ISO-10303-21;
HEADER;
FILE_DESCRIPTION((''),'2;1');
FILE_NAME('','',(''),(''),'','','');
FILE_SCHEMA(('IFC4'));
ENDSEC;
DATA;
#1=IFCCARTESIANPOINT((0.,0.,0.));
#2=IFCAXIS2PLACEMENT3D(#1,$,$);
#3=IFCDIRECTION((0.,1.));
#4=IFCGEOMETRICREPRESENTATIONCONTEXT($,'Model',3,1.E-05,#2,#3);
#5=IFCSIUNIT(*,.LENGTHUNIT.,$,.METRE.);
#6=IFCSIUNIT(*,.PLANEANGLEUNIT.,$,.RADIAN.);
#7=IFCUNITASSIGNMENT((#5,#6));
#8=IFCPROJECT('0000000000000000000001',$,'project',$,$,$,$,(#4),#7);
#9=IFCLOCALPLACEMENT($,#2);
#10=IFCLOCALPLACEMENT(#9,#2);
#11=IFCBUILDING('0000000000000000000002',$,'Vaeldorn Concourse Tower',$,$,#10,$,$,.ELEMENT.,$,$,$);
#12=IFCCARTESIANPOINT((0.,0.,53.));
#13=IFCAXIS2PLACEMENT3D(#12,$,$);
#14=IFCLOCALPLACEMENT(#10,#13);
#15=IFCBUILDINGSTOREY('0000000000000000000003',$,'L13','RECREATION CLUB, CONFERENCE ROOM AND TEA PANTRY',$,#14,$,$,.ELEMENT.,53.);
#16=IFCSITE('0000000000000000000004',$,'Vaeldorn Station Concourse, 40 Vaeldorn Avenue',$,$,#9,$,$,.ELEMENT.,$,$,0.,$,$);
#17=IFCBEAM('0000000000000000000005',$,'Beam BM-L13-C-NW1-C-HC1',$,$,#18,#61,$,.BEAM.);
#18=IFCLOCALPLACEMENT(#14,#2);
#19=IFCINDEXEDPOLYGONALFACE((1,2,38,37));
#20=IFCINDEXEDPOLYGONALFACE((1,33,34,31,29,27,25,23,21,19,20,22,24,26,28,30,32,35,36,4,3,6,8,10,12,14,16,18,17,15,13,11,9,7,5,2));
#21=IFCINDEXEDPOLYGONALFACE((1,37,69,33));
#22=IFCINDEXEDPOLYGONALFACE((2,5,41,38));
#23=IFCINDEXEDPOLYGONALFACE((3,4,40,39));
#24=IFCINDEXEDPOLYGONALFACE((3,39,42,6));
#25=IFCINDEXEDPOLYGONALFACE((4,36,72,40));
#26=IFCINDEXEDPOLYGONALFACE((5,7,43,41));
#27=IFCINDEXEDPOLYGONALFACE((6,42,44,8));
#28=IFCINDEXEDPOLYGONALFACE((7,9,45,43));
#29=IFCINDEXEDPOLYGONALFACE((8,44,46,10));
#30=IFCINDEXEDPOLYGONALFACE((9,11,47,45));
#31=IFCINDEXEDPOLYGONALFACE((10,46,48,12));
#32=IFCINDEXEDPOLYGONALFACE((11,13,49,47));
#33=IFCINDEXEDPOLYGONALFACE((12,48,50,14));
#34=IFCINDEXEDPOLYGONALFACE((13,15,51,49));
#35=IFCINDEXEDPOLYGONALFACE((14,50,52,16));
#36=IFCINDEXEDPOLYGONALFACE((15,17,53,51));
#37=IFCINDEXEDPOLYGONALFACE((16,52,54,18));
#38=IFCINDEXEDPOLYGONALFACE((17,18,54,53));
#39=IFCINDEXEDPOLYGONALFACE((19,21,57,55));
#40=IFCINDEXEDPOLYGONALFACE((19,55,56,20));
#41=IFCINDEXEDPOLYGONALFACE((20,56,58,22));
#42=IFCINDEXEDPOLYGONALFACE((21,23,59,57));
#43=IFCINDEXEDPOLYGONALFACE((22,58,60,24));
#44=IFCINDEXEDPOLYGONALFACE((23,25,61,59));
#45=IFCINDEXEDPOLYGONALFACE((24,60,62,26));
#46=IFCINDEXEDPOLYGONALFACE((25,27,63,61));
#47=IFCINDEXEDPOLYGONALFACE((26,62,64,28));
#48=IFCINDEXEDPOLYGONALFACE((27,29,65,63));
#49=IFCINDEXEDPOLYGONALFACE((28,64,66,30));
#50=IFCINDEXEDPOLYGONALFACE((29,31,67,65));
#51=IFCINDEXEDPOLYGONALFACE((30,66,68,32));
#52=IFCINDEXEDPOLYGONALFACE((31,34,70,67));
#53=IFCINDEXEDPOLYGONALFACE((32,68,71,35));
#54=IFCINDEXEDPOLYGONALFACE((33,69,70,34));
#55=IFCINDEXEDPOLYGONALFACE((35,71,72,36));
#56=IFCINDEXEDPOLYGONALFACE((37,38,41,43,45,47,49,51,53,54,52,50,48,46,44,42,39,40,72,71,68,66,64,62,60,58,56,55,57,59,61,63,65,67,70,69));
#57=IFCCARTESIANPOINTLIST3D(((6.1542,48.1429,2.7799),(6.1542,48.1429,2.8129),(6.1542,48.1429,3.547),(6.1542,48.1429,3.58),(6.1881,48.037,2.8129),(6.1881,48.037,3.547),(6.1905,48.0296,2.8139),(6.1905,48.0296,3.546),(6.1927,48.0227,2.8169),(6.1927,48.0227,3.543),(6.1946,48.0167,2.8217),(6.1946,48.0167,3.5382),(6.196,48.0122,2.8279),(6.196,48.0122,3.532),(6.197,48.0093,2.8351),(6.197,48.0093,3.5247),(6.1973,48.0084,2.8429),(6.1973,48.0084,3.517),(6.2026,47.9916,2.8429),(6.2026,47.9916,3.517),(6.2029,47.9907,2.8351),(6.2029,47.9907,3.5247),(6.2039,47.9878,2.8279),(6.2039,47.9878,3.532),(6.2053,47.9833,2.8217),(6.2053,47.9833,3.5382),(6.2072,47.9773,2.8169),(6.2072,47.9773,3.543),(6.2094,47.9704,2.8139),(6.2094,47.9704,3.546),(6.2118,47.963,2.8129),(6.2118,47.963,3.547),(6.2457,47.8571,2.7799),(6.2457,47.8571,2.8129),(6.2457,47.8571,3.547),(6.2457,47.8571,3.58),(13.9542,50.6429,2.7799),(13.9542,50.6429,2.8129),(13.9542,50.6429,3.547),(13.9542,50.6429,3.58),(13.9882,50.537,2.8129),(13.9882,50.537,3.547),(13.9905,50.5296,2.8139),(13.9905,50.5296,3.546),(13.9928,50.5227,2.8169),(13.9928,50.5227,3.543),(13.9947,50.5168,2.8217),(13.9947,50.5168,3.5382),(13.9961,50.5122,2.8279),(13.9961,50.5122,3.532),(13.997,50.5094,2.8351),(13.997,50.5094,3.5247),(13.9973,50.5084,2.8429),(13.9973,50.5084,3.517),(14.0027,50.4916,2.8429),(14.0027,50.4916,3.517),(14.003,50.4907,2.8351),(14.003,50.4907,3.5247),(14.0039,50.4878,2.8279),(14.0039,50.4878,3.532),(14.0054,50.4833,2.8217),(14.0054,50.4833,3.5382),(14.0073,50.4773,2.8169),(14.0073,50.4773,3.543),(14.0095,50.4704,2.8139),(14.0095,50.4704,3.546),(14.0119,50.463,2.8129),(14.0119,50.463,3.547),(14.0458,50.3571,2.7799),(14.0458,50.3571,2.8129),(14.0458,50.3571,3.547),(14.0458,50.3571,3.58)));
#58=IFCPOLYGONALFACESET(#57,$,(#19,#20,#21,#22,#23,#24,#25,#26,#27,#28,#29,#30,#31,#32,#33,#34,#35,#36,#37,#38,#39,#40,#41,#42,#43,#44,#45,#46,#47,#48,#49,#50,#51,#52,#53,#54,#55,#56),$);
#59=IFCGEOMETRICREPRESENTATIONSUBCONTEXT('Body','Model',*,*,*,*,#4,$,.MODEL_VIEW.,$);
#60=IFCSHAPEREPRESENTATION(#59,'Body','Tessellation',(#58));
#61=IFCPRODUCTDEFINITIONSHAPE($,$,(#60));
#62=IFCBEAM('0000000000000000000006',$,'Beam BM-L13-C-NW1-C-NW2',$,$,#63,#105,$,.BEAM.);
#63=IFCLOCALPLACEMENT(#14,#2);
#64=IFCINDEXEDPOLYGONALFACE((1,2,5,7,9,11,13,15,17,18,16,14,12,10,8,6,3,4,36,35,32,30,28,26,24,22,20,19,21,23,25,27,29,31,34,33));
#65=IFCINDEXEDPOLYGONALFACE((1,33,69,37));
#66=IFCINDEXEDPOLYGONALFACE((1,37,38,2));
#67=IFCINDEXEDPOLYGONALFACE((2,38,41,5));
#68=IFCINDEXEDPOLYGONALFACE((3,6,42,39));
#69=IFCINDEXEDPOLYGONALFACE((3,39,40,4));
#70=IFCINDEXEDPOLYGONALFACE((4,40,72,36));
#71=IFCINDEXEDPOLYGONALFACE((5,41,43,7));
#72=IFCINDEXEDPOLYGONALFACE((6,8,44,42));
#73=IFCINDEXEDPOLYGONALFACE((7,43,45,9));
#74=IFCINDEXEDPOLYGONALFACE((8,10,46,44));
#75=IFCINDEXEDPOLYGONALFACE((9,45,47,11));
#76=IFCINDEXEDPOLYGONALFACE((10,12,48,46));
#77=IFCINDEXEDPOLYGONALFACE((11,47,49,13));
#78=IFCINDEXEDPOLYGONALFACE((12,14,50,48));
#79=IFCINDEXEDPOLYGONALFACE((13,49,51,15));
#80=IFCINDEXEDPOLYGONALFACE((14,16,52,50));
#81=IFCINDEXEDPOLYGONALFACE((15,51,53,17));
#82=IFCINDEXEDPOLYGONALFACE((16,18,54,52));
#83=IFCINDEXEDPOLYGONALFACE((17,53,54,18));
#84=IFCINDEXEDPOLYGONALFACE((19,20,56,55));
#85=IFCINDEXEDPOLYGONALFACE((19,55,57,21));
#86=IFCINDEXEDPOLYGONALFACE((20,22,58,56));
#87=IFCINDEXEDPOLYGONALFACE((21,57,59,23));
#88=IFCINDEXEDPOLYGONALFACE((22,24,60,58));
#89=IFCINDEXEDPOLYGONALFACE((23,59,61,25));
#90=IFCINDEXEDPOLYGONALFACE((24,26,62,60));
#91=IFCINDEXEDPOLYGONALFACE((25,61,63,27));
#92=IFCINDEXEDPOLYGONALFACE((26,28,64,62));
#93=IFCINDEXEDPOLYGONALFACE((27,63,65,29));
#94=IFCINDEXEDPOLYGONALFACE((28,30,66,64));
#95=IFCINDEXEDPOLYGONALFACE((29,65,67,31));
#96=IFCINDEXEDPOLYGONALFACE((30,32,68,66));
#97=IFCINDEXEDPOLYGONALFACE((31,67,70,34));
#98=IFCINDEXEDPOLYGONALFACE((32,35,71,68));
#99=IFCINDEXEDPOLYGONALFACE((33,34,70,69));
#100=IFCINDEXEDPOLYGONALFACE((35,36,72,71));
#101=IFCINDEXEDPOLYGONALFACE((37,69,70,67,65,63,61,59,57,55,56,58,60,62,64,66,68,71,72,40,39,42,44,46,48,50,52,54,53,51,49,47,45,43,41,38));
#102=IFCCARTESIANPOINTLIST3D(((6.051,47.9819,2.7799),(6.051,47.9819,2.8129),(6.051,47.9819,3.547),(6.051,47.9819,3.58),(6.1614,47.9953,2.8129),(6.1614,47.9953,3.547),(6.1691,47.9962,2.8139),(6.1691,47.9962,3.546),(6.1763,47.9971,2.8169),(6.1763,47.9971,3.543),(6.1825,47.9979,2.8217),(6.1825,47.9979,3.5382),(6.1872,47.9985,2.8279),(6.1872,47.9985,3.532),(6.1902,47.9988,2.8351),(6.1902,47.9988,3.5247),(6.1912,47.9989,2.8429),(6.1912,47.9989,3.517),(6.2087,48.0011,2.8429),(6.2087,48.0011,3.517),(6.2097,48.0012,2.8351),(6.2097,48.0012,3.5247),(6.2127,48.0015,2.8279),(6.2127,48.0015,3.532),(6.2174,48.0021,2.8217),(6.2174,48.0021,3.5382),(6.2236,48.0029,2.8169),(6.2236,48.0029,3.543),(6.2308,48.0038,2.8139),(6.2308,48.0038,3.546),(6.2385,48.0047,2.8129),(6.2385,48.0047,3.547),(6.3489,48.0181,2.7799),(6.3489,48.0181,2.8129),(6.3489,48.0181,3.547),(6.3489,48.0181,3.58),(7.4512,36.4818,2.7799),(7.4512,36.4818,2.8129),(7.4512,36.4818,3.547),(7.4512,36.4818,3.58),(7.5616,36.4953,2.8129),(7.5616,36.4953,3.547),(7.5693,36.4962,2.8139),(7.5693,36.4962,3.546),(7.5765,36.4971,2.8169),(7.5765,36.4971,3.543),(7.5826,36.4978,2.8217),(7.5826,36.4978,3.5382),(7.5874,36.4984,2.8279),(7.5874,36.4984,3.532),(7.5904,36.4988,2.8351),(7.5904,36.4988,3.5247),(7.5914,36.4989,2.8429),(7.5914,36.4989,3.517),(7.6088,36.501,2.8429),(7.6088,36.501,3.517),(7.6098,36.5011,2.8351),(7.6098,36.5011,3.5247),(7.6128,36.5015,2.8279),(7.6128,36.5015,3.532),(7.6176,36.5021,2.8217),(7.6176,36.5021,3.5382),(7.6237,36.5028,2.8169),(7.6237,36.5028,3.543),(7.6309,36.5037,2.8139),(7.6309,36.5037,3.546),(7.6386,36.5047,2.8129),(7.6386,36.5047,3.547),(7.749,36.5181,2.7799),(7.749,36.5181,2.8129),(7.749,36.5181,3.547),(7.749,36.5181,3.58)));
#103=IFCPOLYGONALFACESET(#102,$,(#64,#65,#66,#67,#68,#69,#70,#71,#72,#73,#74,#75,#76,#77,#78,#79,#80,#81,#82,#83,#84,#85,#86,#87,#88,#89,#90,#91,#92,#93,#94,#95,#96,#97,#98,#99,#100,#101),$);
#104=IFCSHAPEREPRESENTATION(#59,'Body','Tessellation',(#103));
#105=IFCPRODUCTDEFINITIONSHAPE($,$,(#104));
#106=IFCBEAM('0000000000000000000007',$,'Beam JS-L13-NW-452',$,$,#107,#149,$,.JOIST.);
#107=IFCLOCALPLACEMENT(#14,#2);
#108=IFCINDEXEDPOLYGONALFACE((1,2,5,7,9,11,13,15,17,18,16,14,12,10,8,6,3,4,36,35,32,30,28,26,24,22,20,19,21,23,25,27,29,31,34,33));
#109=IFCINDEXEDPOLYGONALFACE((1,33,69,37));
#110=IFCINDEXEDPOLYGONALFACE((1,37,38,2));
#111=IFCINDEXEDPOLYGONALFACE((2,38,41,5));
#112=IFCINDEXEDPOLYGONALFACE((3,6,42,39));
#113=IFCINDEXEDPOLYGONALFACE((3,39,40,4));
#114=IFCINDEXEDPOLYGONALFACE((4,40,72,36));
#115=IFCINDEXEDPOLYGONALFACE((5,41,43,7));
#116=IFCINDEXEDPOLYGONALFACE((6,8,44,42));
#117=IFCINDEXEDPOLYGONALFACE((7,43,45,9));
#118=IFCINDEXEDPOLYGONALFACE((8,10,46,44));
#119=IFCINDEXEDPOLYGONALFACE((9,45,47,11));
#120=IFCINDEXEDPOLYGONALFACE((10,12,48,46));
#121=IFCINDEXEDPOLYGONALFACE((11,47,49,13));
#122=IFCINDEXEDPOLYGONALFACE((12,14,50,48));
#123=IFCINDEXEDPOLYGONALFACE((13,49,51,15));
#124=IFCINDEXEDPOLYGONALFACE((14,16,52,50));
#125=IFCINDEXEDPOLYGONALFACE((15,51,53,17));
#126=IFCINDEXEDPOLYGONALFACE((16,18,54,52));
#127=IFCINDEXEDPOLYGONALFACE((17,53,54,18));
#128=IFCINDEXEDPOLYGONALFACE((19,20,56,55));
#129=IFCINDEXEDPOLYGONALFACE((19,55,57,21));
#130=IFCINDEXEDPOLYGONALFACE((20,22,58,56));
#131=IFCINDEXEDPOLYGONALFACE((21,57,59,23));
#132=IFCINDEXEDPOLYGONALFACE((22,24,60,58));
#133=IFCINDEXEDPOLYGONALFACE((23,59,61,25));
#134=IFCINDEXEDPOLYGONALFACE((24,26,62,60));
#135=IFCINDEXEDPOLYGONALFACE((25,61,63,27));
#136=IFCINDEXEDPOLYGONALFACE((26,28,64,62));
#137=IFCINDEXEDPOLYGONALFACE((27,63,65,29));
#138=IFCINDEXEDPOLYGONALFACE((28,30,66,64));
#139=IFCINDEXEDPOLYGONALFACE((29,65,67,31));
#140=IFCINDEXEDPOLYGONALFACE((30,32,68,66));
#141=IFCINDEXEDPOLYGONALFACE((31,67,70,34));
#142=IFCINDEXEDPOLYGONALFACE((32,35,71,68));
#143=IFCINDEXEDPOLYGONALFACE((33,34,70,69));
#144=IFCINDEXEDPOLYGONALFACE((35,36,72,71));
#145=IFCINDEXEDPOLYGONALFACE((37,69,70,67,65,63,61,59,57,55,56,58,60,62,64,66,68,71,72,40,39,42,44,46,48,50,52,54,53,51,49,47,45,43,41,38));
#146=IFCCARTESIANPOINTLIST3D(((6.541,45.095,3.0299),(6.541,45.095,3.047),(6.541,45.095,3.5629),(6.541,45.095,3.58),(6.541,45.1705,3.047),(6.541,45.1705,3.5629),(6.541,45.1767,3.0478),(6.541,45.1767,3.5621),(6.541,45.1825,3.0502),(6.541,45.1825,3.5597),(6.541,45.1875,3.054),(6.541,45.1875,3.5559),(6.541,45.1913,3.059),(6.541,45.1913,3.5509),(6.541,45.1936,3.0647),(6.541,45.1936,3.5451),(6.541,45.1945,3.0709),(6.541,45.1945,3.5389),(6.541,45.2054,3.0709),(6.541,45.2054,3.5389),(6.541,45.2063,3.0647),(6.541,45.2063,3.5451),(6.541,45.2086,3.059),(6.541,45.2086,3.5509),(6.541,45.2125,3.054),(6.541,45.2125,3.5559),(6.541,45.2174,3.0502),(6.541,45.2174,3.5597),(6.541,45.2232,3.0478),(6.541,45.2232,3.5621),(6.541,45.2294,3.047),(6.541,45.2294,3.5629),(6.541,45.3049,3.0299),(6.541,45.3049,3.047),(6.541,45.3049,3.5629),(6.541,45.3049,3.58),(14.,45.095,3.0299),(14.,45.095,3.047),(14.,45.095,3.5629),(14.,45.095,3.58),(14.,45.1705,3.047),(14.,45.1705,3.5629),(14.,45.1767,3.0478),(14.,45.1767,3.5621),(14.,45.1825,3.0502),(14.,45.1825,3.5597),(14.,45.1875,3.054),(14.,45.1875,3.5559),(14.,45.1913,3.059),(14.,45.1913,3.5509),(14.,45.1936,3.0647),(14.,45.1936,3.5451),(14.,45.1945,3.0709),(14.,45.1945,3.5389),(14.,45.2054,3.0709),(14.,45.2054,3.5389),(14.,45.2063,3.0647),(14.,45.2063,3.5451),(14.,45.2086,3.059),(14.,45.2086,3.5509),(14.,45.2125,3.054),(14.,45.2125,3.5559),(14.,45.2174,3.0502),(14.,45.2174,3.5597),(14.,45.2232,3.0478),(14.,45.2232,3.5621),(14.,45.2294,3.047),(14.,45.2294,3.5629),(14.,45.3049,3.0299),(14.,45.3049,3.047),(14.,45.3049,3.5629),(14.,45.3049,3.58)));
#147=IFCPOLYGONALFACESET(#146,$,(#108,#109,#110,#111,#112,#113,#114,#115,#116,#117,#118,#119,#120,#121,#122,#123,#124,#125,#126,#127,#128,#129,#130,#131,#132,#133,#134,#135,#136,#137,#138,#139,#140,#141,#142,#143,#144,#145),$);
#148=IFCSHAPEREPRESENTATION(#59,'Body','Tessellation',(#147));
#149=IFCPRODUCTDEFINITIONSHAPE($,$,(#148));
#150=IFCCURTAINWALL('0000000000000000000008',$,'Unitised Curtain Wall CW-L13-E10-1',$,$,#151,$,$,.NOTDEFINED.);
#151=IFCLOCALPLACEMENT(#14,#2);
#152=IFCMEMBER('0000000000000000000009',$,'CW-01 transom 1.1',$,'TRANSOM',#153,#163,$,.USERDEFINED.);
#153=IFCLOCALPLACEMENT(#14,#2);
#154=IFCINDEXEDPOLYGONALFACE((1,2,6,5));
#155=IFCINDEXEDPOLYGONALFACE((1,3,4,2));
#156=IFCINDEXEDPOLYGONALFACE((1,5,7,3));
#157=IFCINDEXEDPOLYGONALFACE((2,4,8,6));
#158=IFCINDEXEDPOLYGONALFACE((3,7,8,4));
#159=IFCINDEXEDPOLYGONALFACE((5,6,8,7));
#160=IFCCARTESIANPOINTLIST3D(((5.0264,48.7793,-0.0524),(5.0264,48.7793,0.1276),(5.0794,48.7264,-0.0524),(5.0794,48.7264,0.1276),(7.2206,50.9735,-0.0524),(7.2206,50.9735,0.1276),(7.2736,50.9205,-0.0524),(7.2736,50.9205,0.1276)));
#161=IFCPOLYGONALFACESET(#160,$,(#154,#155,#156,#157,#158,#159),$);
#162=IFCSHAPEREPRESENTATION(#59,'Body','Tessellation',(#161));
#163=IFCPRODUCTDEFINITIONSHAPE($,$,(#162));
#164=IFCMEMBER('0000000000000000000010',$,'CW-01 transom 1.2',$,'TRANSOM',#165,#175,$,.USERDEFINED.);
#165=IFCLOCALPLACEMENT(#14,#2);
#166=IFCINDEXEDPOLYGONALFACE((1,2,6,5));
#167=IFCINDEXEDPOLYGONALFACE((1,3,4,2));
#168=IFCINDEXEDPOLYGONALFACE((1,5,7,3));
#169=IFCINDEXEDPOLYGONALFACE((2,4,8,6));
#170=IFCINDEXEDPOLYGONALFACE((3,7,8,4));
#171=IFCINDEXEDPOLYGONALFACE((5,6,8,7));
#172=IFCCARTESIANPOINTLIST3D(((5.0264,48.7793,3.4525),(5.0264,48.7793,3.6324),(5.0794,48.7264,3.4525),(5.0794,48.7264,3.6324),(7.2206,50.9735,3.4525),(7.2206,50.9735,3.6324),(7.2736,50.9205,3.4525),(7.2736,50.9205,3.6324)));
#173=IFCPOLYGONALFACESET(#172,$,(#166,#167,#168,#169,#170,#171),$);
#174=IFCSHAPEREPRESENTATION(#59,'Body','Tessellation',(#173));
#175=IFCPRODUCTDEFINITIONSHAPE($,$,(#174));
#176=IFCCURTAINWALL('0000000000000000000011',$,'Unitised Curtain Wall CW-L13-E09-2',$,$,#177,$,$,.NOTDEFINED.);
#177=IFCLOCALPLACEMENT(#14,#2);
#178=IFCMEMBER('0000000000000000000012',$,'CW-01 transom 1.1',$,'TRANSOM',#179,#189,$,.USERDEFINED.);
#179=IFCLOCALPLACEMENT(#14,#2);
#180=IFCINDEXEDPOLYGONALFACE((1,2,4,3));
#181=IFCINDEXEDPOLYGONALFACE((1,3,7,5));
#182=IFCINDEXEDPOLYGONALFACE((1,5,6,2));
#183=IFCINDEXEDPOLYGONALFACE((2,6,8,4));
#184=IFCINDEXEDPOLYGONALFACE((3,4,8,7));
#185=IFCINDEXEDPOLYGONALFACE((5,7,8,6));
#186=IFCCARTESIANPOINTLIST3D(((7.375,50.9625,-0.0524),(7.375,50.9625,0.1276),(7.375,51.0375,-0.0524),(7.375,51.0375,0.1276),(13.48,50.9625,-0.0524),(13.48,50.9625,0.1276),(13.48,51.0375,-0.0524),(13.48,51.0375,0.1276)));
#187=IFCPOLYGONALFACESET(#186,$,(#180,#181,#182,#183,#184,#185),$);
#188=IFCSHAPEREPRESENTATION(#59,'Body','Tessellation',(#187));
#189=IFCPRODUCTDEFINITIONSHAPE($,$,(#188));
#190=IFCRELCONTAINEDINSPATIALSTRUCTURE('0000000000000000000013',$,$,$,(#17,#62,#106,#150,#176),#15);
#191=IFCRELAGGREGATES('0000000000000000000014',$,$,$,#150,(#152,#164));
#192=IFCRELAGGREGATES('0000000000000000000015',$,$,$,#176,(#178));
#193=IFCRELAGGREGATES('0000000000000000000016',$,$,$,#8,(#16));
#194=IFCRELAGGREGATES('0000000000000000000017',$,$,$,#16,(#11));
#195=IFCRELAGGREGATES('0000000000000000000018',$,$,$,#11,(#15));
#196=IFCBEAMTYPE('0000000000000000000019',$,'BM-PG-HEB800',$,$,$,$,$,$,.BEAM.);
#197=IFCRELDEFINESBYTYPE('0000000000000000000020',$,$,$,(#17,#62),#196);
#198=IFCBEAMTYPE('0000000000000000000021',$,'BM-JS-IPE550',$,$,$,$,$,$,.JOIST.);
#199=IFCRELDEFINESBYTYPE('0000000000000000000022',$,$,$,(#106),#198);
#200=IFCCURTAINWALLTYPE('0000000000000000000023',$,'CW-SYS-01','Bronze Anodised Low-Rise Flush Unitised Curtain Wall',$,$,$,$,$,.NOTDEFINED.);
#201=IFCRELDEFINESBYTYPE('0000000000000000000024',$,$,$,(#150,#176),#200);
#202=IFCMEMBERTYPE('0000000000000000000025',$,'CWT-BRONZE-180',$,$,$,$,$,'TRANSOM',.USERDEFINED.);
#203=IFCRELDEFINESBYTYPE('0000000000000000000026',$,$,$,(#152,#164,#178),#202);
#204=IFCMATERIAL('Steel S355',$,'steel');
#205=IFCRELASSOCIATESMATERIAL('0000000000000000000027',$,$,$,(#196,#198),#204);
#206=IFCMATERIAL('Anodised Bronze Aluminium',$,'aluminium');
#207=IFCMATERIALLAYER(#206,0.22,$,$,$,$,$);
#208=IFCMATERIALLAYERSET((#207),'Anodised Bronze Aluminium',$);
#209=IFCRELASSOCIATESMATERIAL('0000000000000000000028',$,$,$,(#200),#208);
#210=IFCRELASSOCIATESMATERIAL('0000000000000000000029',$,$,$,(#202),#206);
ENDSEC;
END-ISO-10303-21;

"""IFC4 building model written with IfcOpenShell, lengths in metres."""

from ifc_helpers import new_model, si_unit, direction, frame, origin, origin_2d, place, context, subcontext, project, spatial, rectangle, i_section, extrude, source, transform, mapped, material, layer, layer_set, material_profile, profile_set, type_object, element, aggregate, save


model = new_model("IFC4")

# Units and contexts
model_context = context("Model", 3, precision=1e-05, world=origin(), true_north=direction((0.0, 1.0)))
body_context = subcontext(model_context, "Body", "Model", "MODEL_VIEW")
ifc_project = project(units=[si_unit("LENGTHUNIT", "METRE"), si_unit("PLANEANGLEUNIT", "RADIAN")], contexts=[model_context])

# Site, building, storey
site_placement = place(None, origin())
site = spatial("IfcSite", under=ifc_project, at=site_placement, Name="Vaeldorn Station Concourse, 40 Vaeldorn Avenue", CompositionType="ELEMENT", RefElevation=0.0)
building_placement = place(site_placement, origin())
building = spatial("IfcBuilding", under=site, at=building_placement, Name="Vaeldorn Concourse Tower", CompositionType="ELEMENT")
storey_placement = place(building_placement, frame((0.0, 0.0, 53.0)))
storey = spatial("IfcBuildingStorey", under=building, at=storey_placement, Name="L13", Description="RECREATION CLUB, CONFERENCE ROOM AND TEA PANTRY", CompositionType="ELEMENT", Elevation=53.0)

# Beams
ifc_material_1 = material(Name="Steel S355", Category="steel")
ifc_material_profile_1 = material_profile(ifc_material_1, i_section(OverallWidth=0.3, OverallDepth=0.8, WebThickness=0.0176, FlangeThickness=0.033, FilletRadius=0.03, at=origin_2d()), Name="HEB 800")
ifc_profile_set_1 = profile_set([ifc_material_profile_1], Name="Steel S355")
beam_type_1 = type_object("IfcBeamType", Name="BM-PG-HEB800", PredefinedType="BEAM", material=ifc_profile_set_1)
shared_shape_1 = source(origin(), body_context, "Body", "SweptSolid", [
    extrude(i_section(OverallWidth=0.3, OverallDepth=0.8, WebThickness=0.0176, FlangeThickness=0.033, FilletRadius=0.03, at=origin_2d()), origin(), (0.0, 0.0, 1.0), 8.1909),
])
beam_1_placement = place(storey_placement, frame((6.2, 48.0, 3.1799), z_axis=(0.952283, 0.305217, 0.0), x_axis=(-0.305217, 0.952283, 0.0)))
element("IfcBeam", 1, at=beam_1_placement, inside=storey, type_object=beam_type_1, Name="Beam BM-L13-C-NW1-C-HC1", PredefinedType="BEAM", context=body_context, shape_type="MappedRepresentation", body=[
    mapped(shared_shape_1, transform((0.0, 0.0, 0.0), scale=1.0)),
])
shared_shape_2 = source(origin(), body_context, "Body", "SweptSolid", [
    extrude(i_section(OverallWidth=0.3, OverallDepth=0.8, WebThickness=0.0176, FlangeThickness=0.033, FilletRadius=0.03, at=origin_2d()), origin(), (0.0, 0.0, 1.0), 11.585),
])
beam_2_placement = place(storey_placement, frame((6.2, 48.0, 3.1799), z_axis=(0.120859, -0.99267, 0.0), x_axis=(0.99267, 0.120859, 0.0)))
element("IfcBeam", 2, at=beam_2_placement, inside=storey, type_object=beam_type_1, Name="Beam BM-L13-C-NW1-C-NW2", PredefinedType="BEAM", context=body_context, shape_type="MappedRepresentation", body=[
    mapped(shared_shape_2, transform((0.0, 0.0, 0.0), scale=1.0)),
])
ifc_material_profile_2 = material_profile(ifc_material_1, i_section(OverallWidth=0.21, OverallDepth=0.55, WebThickness=0.011, FlangeThickness=0.0171, FilletRadius=0.0239, at=origin_2d()), Name="IPE 550")
ifc_profile_set_2 = profile_set([ifc_material_profile_2], Name="Steel S355")
beam_type_2 = type_object("IfcBeamType", Name="BM-JS-IPE550", PredefinedType="JOIST", material=ifc_profile_set_2)
shared_shape_3 = source(origin(), body_context, "Body", "SweptSolid", [
    extrude(i_section(OverallWidth=0.21, OverallDepth=0.55, WebThickness=0.011, FlangeThickness=0.0171, FilletRadius=0.0239, at=origin_2d()), origin(), (0.0, 0.0, 1.0), 7.459),
])
beam_3_placement = place(storey_placement, frame((6.541, 45.2, 3.3049), z_axis=(1.0, 0.0, 0.0), x_axis=(0.0, 1.0, 0.0)))
element("IfcBeam", 3, at=beam_3_placement, inside=storey, type_object=beam_type_2, Name="Beam JS-L13-NW-452", PredefinedType="JOIST", context=body_context, shape_type="MappedRepresentation", body=[
    mapped(shared_shape_3, transform((0.0, 0.0, 0.0), scale=1.0)),
])

# Curtain walls, members
ifc_material_2 = material(Name="Anodised Bronze Aluminium", Category="aluminium")
ifc_layer_1 = layer(ifc_material_2, 0.22)
ifc_layer_set_1 = layer_set([ifc_layer_1], Name="Anodised Bronze Aluminium")
curtain_wall_type = type_object("IfcCurtainWallType", Name="CW-SYS-01", Description="Bronze Anodised Low-Rise Flush Unitised Curtain Wall", PredefinedType="NOTDEFINED", material=ifc_layer_set_1)
curtain_wall_1_placement = place(storey_placement, origin())
curtain_wall_1 = element("IfcCurtainWall", 4, at=curtain_wall_1_placement, inside=storey, type_object=curtain_wall_type, Name="Unitised Curtain Wall CW-L13-E10-1", PredefinedType="NOTDEFINED")
ifc_material_profile_3 = material_profile(ifc_material_2, rectangle(XDim=0.075, YDim=0.1799, at=origin_2d()), Name="CWT 75x180")
ifc_profile_set_3 = profile_set([ifc_material_profile_3], Name="Anodised Bronze Aluminium")
member_type_1 = type_object("IfcMemberType", Name="CWT-BRONZE-180", ElementType="TRANSOM", PredefinedType="USERDEFINED", material=ifc_profile_set_3)
shared_shape_4 = source(origin(), body_context, "Body", "SweptSolid", [
    extrude(rectangle(XDim=0.075, YDim=0.1799, at=origin_2d()), origin(), (0.0, 0.0, 1.0), 3.103),
])
member_1_placement = place(storey_placement, frame((7.2471, 50.947, 0.0376), z_axis=(-0.707107, -0.707107, 0.0), x_axis=(0.707107, -0.707107, 0.0)))
member_1 = element("IfcMember", 5, at=member_1_placement, type_object=member_type_1, Name="CW-01 transom 1.1", ObjectType="TRANSOM", PredefinedType="USERDEFINED", context=body_context, shape_type="MappedRepresentation", body=[
    mapped(shared_shape_4, transform((0.0, 0.0, 0.0), scale=1.0)),
])
member_2_placement = place(storey_placement, frame((7.2471, 50.947, 3.5425), z_axis=(-0.707107, -0.707107, 0.0), x_axis=(0.707107, -0.707107, 0.0)))
member_2 = element("IfcMember", 6, at=member_2_placement, type_object=member_type_1, Name="CW-01 transom 1.2", ObjectType="TRANSOM", PredefinedType="USERDEFINED", context=body_context, shape_type="MappedRepresentation", body=[
    mapped(shared_shape_4, transform((0.0, 0.0, 0.0), scale=1.0)),
])
curtain_wall_2_placement = place(storey_placement, origin())
curtain_wall_2 = element("IfcCurtainWall", 7, at=curtain_wall_2_placement, inside=storey, type_object=curtain_wall_type, Name="Unitised Curtain Wall CW-L13-E09-2", PredefinedType="NOTDEFINED")
shared_shape_5 = source(origin(), body_context, "Body", "SweptSolid", [
    extrude(rectangle(XDim=0.075, YDim=0.1799, at=origin_2d()), origin(), (0.0, 0.0, 1.0), 6.105),
])
member_3_placement = place(storey_placement, frame((13.48, 51.0, 0.0376), z_axis=(-1.0, 0.0, 0.0), x_axis=(0.0, -1.0, 0.0)))
member_3 = element("IfcMember", 8, at=member_3_placement, type_object=member_type_1, Name="CW-01 transom 1.1", ObjectType="TRANSOM", PredefinedType="USERDEFINED", context=body_context, shape_type="MappedRepresentation", body=[
    mapped(shared_shape_5, transform((0.0, 0.0, 0.0), scale=1.0)),
])

aggregate(curtain_wall_1, [member_1, member_2])
aggregate(curtain_wall_2, [member_3])

save(model, "model.ifc")
